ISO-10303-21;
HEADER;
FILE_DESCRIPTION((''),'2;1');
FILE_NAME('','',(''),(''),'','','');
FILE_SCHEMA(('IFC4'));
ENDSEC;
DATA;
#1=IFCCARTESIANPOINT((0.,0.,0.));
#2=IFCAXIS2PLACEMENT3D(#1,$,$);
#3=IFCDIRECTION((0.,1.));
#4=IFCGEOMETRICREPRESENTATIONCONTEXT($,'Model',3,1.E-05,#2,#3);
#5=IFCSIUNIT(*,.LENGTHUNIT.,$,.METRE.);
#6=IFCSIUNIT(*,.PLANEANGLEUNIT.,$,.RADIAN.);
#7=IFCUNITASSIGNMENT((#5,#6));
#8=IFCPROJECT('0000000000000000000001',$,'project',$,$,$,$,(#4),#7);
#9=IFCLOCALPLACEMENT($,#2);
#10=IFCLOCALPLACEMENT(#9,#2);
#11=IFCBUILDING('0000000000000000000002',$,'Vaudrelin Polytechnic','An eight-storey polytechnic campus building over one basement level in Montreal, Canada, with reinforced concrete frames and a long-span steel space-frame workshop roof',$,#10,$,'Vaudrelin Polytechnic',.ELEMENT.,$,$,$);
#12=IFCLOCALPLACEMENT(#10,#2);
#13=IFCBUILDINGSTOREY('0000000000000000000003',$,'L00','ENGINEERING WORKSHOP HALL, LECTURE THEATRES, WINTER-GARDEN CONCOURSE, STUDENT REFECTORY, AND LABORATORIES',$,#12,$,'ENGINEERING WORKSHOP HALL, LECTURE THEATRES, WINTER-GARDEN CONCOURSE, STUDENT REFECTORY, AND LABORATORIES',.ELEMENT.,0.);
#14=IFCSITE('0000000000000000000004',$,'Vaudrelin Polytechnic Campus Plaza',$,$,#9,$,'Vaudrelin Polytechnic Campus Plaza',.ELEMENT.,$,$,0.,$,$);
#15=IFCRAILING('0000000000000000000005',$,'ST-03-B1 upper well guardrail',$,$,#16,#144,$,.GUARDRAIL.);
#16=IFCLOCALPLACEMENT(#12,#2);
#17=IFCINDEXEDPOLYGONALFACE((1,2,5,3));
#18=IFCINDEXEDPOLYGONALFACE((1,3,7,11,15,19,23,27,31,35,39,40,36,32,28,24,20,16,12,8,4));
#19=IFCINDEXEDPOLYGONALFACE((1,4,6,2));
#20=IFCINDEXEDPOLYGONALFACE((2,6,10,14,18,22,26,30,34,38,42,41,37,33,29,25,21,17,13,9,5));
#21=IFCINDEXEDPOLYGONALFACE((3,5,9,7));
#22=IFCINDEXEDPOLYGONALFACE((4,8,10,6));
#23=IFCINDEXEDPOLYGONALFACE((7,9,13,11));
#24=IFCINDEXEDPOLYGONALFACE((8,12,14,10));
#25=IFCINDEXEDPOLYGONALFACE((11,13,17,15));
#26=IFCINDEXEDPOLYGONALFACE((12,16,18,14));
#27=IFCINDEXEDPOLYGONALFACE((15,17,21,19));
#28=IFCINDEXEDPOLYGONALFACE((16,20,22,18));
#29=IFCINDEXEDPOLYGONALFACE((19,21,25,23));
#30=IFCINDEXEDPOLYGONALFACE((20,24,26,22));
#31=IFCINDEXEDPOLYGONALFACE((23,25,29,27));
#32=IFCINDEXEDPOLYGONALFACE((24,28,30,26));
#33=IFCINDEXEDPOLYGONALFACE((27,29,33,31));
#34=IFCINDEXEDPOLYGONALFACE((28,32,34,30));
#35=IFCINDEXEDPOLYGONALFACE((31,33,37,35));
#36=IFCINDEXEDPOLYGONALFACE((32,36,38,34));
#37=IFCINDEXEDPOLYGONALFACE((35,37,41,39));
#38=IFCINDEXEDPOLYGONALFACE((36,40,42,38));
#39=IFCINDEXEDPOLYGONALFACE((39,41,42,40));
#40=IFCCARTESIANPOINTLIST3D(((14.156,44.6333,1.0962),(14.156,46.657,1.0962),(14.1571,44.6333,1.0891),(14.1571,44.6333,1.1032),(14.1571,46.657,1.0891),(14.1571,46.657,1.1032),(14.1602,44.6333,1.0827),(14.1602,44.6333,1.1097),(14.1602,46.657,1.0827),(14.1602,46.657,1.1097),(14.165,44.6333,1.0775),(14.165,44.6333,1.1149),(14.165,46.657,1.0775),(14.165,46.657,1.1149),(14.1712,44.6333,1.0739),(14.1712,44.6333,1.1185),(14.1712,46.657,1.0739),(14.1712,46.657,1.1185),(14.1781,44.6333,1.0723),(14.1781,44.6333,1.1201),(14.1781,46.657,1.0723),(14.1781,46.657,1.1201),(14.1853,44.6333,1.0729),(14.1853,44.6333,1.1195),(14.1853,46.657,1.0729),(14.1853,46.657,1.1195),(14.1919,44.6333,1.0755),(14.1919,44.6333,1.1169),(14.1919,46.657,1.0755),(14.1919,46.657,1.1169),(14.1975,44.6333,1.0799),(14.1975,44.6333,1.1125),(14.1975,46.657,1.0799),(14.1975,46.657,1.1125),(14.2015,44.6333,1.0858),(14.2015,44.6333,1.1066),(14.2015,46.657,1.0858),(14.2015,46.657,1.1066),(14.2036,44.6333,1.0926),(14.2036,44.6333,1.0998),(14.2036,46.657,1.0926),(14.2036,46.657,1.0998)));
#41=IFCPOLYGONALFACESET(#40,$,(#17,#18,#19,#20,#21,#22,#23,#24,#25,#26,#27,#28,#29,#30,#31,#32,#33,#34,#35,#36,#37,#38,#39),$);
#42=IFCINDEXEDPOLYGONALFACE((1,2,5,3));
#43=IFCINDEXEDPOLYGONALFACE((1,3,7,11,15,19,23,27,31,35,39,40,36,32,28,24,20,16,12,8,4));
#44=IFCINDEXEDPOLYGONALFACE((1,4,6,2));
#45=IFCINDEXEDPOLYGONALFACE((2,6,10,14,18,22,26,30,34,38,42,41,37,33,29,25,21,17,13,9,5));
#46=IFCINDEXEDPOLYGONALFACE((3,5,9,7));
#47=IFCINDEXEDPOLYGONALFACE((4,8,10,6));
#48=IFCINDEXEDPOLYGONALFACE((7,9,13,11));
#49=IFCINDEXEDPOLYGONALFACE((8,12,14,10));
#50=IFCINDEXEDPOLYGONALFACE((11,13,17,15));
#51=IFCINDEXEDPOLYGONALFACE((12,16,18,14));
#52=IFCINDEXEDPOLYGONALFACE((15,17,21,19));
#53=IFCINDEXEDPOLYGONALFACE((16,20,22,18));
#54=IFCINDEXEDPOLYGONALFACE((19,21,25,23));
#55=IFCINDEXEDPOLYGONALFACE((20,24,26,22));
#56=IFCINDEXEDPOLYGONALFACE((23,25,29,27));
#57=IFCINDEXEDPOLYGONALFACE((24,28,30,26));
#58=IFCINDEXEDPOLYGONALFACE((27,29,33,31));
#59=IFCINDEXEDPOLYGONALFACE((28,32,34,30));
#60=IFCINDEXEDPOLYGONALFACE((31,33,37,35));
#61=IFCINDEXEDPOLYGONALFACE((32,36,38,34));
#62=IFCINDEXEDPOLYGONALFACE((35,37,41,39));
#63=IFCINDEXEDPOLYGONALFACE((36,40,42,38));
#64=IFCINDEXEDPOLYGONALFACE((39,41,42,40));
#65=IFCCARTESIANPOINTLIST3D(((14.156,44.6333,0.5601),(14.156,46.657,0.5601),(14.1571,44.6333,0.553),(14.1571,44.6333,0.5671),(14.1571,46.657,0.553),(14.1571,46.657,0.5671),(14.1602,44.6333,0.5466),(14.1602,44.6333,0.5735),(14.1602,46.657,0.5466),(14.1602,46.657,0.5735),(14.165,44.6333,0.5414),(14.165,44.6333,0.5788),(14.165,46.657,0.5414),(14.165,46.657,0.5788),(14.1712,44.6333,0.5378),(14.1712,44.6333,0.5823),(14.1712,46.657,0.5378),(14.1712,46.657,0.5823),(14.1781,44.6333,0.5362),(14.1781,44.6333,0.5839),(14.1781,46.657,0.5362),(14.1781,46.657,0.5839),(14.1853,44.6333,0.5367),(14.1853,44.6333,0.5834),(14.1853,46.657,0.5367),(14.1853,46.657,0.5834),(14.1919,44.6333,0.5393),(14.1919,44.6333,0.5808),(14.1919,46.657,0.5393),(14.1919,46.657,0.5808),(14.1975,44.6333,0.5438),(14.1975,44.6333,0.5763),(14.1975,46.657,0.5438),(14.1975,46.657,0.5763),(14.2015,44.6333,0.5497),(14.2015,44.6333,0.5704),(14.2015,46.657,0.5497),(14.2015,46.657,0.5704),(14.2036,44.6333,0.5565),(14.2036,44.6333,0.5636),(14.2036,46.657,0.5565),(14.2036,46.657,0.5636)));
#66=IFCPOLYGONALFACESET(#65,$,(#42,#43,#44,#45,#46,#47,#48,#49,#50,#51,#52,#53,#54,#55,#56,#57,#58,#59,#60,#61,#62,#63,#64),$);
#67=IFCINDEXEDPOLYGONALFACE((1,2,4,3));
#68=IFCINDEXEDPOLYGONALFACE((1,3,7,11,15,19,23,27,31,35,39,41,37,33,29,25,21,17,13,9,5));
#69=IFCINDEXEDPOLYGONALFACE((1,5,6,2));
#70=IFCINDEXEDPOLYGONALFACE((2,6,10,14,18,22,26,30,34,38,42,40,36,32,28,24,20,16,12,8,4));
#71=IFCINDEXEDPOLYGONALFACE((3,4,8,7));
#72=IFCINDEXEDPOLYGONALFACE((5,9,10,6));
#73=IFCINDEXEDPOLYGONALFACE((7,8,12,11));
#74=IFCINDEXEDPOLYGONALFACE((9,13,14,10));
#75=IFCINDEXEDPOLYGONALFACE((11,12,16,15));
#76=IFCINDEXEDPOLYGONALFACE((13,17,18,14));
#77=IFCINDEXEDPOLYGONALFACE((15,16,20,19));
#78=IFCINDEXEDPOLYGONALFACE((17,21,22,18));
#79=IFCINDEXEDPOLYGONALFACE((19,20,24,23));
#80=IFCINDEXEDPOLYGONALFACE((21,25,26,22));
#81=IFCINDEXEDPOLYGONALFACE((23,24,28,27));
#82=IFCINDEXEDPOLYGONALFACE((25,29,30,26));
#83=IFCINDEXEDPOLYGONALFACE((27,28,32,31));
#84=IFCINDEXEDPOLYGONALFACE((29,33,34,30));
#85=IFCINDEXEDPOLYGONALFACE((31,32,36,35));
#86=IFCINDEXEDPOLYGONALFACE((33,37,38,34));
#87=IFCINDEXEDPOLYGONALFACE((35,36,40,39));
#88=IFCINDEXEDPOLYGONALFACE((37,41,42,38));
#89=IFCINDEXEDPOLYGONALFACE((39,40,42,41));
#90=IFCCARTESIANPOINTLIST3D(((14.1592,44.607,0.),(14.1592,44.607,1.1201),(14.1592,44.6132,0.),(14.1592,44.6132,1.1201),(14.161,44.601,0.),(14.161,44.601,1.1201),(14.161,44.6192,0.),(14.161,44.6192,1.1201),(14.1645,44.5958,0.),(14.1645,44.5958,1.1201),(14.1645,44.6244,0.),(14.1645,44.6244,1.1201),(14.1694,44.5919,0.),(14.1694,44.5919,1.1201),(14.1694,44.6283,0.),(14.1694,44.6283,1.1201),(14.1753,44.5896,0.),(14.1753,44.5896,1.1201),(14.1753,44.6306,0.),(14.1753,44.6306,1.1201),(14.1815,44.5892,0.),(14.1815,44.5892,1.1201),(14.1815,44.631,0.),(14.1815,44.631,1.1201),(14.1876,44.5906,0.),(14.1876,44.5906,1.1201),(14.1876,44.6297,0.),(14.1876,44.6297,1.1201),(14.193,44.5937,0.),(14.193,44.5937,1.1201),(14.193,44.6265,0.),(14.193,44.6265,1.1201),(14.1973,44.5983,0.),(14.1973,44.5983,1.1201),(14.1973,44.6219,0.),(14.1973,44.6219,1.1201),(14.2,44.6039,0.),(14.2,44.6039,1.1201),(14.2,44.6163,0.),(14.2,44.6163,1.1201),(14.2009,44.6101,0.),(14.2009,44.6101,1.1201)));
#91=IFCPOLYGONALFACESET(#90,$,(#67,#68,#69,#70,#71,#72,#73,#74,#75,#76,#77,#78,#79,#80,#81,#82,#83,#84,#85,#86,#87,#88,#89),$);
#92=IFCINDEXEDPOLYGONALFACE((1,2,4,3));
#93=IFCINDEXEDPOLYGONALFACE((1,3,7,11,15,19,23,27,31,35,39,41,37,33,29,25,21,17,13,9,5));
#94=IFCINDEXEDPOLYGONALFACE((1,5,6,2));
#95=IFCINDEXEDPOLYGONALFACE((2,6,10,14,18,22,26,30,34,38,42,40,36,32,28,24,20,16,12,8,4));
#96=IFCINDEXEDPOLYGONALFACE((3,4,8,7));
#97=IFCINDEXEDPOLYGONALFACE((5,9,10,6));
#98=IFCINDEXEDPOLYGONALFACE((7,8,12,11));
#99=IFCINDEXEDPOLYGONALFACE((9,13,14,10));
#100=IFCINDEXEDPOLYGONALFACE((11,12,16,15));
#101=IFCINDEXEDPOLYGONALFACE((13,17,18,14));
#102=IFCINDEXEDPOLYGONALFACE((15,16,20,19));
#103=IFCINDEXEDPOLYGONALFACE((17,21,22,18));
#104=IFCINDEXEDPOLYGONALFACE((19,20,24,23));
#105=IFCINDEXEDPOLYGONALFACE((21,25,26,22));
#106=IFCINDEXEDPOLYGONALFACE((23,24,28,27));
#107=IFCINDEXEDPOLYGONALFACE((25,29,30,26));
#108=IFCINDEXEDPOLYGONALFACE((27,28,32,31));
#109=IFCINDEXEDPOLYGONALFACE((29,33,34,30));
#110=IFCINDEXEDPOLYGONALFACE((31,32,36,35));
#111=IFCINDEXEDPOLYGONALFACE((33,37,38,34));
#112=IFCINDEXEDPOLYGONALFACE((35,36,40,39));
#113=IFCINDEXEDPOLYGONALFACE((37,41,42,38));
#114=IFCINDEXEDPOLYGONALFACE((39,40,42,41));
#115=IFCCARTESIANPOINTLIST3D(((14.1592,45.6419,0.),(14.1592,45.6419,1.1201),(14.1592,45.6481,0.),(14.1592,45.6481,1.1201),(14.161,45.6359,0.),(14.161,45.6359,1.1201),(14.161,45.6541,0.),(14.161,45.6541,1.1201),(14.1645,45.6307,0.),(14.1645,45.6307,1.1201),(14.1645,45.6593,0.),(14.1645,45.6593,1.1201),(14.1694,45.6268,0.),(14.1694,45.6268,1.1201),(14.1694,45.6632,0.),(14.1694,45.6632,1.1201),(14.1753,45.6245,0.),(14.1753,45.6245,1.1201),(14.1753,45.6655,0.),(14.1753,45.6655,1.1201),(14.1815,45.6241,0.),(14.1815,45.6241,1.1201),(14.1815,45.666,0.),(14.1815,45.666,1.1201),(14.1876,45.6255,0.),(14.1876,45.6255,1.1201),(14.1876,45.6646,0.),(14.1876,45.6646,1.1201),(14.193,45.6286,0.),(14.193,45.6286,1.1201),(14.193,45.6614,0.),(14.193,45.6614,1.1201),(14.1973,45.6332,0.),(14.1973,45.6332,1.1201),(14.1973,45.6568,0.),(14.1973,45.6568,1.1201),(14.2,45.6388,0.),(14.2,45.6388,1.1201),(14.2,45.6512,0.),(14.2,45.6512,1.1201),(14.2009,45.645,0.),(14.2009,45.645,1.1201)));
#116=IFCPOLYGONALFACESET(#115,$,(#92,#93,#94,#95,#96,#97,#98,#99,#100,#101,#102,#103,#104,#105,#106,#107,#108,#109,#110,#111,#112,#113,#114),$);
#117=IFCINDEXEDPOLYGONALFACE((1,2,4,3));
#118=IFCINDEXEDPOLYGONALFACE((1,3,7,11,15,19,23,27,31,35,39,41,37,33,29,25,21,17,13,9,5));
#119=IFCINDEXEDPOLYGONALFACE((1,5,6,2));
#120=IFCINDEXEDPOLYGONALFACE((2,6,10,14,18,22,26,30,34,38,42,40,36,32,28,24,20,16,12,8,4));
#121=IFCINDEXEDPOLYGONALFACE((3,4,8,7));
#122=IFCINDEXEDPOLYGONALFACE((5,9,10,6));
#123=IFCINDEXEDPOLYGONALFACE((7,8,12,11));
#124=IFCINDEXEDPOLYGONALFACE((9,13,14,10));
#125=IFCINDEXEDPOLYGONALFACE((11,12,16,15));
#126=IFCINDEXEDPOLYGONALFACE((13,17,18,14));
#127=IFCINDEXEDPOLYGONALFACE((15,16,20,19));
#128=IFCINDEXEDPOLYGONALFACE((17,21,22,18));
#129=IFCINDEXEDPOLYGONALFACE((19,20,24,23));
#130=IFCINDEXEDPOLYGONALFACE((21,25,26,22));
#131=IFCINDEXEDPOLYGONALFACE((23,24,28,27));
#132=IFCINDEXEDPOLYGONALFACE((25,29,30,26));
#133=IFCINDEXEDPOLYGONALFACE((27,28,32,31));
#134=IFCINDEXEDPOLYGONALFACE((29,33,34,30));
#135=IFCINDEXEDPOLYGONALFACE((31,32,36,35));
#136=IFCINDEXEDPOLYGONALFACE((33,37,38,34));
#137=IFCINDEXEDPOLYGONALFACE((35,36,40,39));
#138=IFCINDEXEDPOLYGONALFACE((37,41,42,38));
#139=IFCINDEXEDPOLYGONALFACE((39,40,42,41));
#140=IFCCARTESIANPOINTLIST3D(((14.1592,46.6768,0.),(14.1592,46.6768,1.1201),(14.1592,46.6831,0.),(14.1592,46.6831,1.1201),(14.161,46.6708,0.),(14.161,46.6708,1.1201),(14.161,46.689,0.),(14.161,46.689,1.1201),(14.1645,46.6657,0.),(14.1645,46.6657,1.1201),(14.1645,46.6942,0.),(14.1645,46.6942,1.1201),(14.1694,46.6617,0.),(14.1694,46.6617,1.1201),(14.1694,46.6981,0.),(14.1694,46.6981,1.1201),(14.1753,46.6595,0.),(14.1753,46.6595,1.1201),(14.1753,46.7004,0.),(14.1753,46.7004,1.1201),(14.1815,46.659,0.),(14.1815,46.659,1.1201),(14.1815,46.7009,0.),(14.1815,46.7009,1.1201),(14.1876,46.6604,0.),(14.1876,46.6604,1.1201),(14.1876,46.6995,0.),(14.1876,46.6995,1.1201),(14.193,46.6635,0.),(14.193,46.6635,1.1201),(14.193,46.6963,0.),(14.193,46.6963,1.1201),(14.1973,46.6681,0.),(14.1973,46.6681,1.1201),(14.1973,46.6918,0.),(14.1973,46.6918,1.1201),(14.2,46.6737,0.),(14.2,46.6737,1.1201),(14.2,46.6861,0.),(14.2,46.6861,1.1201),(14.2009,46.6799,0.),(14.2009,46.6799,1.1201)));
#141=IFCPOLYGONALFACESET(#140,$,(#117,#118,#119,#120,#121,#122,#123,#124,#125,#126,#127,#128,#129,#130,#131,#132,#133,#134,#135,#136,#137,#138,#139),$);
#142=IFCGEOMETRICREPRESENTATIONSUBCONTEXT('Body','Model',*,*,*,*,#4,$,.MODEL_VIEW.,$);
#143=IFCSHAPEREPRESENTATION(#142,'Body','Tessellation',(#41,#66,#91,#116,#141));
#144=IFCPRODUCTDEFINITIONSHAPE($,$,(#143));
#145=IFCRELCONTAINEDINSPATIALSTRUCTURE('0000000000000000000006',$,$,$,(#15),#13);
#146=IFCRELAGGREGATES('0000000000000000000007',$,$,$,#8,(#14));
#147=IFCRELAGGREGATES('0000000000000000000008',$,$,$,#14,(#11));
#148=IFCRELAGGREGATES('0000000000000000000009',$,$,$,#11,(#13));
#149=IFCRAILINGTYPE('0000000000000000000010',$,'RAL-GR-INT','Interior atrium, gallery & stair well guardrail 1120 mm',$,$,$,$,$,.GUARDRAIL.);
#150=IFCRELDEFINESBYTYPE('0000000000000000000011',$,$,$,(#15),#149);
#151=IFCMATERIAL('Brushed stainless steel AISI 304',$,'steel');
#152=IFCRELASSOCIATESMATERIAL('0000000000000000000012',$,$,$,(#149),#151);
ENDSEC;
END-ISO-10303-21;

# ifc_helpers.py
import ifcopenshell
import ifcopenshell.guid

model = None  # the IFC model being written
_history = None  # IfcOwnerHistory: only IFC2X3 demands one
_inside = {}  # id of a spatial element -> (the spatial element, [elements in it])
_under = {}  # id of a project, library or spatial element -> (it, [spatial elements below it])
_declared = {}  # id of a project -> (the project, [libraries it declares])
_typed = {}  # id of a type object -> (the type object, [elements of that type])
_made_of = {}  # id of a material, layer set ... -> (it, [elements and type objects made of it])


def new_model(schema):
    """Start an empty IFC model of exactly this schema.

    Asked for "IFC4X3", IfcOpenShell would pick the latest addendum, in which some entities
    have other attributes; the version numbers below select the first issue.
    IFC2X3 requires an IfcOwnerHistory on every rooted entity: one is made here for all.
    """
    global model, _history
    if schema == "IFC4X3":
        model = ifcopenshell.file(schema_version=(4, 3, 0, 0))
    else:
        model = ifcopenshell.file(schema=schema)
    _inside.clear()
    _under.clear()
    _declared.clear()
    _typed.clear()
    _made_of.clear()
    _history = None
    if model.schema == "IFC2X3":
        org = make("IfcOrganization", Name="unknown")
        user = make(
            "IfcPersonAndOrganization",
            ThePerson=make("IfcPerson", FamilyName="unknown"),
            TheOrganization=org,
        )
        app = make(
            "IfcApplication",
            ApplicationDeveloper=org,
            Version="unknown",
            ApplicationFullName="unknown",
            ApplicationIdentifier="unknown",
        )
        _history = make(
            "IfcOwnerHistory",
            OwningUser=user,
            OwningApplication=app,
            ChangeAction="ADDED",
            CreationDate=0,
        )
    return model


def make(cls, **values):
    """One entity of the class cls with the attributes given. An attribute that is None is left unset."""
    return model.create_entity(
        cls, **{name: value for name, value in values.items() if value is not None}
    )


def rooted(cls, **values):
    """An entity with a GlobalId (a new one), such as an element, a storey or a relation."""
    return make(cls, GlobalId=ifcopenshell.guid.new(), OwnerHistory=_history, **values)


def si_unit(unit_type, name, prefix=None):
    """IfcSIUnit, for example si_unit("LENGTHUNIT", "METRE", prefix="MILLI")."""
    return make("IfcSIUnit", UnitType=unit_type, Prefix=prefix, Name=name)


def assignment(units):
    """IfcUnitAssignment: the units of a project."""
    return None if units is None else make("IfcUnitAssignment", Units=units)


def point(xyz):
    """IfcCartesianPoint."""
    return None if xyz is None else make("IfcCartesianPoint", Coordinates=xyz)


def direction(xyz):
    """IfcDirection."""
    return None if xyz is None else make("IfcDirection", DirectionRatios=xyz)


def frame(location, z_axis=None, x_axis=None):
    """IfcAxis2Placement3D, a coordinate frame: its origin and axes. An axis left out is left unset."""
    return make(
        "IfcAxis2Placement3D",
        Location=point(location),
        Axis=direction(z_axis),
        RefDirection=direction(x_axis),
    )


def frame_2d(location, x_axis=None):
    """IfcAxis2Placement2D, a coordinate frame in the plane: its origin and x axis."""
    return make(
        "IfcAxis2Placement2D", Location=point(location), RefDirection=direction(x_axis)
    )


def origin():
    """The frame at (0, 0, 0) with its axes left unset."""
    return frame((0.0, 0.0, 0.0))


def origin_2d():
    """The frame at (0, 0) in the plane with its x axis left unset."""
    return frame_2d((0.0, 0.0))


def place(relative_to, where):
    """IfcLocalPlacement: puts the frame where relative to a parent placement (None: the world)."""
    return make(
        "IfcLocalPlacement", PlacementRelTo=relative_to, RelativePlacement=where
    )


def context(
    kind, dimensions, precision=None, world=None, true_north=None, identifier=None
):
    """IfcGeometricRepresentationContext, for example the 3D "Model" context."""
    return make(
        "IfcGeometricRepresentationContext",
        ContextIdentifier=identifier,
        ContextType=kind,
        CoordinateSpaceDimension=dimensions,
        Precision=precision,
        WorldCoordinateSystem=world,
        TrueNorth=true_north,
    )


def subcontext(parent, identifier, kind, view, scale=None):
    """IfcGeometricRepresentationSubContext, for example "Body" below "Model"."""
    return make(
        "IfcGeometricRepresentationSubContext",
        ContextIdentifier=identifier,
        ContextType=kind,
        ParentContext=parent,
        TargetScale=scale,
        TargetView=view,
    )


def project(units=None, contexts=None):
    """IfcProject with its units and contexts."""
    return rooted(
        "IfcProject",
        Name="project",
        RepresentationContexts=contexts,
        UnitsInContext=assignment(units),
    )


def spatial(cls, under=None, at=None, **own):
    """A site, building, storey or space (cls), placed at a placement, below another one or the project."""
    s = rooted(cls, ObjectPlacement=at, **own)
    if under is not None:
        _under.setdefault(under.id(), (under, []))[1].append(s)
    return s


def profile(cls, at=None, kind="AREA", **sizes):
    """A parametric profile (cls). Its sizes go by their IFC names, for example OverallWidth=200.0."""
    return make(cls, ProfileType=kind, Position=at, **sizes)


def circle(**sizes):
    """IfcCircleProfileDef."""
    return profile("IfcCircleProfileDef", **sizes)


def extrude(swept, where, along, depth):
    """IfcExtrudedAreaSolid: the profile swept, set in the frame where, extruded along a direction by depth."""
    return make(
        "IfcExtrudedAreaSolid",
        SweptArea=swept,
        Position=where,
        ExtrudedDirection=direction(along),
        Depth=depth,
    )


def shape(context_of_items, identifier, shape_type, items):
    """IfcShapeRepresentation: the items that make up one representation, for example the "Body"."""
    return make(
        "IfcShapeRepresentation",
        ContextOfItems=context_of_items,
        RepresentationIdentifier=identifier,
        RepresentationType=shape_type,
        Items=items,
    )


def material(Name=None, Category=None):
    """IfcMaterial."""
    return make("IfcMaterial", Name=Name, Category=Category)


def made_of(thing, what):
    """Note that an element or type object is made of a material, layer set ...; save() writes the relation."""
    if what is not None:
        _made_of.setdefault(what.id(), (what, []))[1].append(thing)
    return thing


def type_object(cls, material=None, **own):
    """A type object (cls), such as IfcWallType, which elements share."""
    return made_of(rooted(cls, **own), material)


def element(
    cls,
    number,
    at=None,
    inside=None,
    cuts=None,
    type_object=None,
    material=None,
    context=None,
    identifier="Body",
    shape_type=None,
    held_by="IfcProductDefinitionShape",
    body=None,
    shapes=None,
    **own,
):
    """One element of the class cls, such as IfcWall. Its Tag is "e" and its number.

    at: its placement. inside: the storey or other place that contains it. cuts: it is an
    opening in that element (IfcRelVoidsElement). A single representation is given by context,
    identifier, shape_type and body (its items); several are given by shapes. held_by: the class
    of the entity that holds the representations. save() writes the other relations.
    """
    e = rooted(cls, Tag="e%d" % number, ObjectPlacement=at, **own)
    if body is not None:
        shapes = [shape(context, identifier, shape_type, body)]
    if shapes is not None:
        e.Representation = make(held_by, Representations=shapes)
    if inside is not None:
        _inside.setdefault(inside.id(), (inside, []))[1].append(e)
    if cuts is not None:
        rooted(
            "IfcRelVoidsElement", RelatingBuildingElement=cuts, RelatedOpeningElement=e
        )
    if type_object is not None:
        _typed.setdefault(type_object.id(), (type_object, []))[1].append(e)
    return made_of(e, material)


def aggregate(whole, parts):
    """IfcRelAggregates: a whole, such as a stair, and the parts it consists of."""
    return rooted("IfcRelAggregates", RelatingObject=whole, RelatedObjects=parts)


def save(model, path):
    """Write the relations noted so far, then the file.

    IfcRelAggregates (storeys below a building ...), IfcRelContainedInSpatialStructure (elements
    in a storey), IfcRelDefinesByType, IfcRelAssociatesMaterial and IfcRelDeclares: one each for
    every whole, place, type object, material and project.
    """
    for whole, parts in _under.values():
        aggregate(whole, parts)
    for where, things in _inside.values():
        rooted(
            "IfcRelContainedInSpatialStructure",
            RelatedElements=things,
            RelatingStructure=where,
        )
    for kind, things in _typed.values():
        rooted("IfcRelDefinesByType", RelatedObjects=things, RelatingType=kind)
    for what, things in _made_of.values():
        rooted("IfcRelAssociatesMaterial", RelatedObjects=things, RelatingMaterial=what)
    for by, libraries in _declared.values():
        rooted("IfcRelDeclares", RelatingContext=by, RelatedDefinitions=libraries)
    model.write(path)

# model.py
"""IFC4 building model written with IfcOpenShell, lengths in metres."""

from ifc_helpers import new_model, si_unit, direction, frame, origin, origin_2d, place, context, subcontext, project, spatial, circle, extrude, material, type_object, element, save


model = new_model("IFC4")

# Units and contexts
model_context = context("Model", 3, precision=1e-05, world=origin(), true_north=direction((0.0, 1.0)))
body_context = subcontext(model_context, "Body", "Model", "MODEL_VIEW")
ifc_project = project(units=[si_unit("LENGTHUNIT", "METRE"), si_unit("PLANEANGLEUNIT", "RADIAN")], contexts=[model_context])

# Site, building, storey
site_placement = place(None, origin())
site = spatial("IfcSite", under=ifc_project, at=site_placement, Name="Vaudrelin Polytechnic Campus Plaza", LongName="Vaudrelin Polytechnic Campus Plaza", CompositionType="ELEMENT", RefElevation=0.0)
building_placement = place(site_placement, origin())
building = spatial("IfcBuilding", under=site, at=building_placement, Name="Vaudrelin Polytechnic", Description="An eight-storey polytechnic campus building over one basement level in Montreal, Canada, with reinforced concrete frames and a long-span steel space-frame workshop roof", LongName="Vaudrelin Polytechnic", CompositionType="ELEMENT")
storey_placement = place(building_placement, origin())
storey = spatial("IfcBuildingStorey", under=building, at=storey_placement, Name="L00", Description="ENGINEERING WORKSHOP HALL, LECTURE THEATRES, WINTER-GARDEN CONCOURSE, STUDENT REFECTORY, AND LABORATORIES", LongName="ENGINEERING WORKSHOP HALL, LECTURE THEATRES, WINTER-GARDEN CONCOURSE, STUDENT REFECTORY, AND LABORATORIES", CompositionType="ELEMENT", Elevation=0.0)

# Shared definitions
ifc_material_1 = material(Name="Brushed stainless steel AISI 304", Category="steel")

# Railing
railing_type_1 = type_object("IfcRailingType", Name="RAL-GR-INT", Description="Interior atrium, gallery & stair well guardrail 1120 mm", PredefinedType="GUARDRAIL", material=ifc_material_1)
railing_1_placement = place(storey_placement, frame((14.1799, 44.6101, 0.0)))
element("IfcRailing", 1, at=railing_1_placement, inside=storey, type_object=railing_type_1, Name="ST-03-B1 upper well guardrail", PredefinedType="GUARDRAIL", context=body_context, shape_type="SweptSolid", body=[
    extrude(circle(Radius=0.0239, at=origin_2d()), frame((0.0, 0.0232, 1.0962), z_axis=(0.0, 1.0, 0.0), x_axis=(-1.0, 0.0, 0.0)), (0.0, 0.0, 1.0), 2.0237),
    extrude(circle(Radius=0.0239, at=origin_2d()), frame((0.0, 0.0232, 0.5601), z_axis=(0.0, 1.0, 0.0), x_axis=(-1.0, 0.0, 0.0)), (0.0, 0.0, 1.0), 2.0237),
    extrude(circle(Radius=0.021, at=origin_2d()), origin(), (0.0, 0.0, 1.0), 1.1201),
    extrude(circle(Radius=0.021, at=origin_2d()), frame((0.0, 1.0349, 0.0)), (0.0, 0.0, 1.0), 1.1201),
    extrude(circle(Radius=0.021, at=origin_2d()), frame((0.0, 2.0698, 0.0)), (0.0, 0.0, 1.0), 1.1201),
])

save(model, "model.ifc")
